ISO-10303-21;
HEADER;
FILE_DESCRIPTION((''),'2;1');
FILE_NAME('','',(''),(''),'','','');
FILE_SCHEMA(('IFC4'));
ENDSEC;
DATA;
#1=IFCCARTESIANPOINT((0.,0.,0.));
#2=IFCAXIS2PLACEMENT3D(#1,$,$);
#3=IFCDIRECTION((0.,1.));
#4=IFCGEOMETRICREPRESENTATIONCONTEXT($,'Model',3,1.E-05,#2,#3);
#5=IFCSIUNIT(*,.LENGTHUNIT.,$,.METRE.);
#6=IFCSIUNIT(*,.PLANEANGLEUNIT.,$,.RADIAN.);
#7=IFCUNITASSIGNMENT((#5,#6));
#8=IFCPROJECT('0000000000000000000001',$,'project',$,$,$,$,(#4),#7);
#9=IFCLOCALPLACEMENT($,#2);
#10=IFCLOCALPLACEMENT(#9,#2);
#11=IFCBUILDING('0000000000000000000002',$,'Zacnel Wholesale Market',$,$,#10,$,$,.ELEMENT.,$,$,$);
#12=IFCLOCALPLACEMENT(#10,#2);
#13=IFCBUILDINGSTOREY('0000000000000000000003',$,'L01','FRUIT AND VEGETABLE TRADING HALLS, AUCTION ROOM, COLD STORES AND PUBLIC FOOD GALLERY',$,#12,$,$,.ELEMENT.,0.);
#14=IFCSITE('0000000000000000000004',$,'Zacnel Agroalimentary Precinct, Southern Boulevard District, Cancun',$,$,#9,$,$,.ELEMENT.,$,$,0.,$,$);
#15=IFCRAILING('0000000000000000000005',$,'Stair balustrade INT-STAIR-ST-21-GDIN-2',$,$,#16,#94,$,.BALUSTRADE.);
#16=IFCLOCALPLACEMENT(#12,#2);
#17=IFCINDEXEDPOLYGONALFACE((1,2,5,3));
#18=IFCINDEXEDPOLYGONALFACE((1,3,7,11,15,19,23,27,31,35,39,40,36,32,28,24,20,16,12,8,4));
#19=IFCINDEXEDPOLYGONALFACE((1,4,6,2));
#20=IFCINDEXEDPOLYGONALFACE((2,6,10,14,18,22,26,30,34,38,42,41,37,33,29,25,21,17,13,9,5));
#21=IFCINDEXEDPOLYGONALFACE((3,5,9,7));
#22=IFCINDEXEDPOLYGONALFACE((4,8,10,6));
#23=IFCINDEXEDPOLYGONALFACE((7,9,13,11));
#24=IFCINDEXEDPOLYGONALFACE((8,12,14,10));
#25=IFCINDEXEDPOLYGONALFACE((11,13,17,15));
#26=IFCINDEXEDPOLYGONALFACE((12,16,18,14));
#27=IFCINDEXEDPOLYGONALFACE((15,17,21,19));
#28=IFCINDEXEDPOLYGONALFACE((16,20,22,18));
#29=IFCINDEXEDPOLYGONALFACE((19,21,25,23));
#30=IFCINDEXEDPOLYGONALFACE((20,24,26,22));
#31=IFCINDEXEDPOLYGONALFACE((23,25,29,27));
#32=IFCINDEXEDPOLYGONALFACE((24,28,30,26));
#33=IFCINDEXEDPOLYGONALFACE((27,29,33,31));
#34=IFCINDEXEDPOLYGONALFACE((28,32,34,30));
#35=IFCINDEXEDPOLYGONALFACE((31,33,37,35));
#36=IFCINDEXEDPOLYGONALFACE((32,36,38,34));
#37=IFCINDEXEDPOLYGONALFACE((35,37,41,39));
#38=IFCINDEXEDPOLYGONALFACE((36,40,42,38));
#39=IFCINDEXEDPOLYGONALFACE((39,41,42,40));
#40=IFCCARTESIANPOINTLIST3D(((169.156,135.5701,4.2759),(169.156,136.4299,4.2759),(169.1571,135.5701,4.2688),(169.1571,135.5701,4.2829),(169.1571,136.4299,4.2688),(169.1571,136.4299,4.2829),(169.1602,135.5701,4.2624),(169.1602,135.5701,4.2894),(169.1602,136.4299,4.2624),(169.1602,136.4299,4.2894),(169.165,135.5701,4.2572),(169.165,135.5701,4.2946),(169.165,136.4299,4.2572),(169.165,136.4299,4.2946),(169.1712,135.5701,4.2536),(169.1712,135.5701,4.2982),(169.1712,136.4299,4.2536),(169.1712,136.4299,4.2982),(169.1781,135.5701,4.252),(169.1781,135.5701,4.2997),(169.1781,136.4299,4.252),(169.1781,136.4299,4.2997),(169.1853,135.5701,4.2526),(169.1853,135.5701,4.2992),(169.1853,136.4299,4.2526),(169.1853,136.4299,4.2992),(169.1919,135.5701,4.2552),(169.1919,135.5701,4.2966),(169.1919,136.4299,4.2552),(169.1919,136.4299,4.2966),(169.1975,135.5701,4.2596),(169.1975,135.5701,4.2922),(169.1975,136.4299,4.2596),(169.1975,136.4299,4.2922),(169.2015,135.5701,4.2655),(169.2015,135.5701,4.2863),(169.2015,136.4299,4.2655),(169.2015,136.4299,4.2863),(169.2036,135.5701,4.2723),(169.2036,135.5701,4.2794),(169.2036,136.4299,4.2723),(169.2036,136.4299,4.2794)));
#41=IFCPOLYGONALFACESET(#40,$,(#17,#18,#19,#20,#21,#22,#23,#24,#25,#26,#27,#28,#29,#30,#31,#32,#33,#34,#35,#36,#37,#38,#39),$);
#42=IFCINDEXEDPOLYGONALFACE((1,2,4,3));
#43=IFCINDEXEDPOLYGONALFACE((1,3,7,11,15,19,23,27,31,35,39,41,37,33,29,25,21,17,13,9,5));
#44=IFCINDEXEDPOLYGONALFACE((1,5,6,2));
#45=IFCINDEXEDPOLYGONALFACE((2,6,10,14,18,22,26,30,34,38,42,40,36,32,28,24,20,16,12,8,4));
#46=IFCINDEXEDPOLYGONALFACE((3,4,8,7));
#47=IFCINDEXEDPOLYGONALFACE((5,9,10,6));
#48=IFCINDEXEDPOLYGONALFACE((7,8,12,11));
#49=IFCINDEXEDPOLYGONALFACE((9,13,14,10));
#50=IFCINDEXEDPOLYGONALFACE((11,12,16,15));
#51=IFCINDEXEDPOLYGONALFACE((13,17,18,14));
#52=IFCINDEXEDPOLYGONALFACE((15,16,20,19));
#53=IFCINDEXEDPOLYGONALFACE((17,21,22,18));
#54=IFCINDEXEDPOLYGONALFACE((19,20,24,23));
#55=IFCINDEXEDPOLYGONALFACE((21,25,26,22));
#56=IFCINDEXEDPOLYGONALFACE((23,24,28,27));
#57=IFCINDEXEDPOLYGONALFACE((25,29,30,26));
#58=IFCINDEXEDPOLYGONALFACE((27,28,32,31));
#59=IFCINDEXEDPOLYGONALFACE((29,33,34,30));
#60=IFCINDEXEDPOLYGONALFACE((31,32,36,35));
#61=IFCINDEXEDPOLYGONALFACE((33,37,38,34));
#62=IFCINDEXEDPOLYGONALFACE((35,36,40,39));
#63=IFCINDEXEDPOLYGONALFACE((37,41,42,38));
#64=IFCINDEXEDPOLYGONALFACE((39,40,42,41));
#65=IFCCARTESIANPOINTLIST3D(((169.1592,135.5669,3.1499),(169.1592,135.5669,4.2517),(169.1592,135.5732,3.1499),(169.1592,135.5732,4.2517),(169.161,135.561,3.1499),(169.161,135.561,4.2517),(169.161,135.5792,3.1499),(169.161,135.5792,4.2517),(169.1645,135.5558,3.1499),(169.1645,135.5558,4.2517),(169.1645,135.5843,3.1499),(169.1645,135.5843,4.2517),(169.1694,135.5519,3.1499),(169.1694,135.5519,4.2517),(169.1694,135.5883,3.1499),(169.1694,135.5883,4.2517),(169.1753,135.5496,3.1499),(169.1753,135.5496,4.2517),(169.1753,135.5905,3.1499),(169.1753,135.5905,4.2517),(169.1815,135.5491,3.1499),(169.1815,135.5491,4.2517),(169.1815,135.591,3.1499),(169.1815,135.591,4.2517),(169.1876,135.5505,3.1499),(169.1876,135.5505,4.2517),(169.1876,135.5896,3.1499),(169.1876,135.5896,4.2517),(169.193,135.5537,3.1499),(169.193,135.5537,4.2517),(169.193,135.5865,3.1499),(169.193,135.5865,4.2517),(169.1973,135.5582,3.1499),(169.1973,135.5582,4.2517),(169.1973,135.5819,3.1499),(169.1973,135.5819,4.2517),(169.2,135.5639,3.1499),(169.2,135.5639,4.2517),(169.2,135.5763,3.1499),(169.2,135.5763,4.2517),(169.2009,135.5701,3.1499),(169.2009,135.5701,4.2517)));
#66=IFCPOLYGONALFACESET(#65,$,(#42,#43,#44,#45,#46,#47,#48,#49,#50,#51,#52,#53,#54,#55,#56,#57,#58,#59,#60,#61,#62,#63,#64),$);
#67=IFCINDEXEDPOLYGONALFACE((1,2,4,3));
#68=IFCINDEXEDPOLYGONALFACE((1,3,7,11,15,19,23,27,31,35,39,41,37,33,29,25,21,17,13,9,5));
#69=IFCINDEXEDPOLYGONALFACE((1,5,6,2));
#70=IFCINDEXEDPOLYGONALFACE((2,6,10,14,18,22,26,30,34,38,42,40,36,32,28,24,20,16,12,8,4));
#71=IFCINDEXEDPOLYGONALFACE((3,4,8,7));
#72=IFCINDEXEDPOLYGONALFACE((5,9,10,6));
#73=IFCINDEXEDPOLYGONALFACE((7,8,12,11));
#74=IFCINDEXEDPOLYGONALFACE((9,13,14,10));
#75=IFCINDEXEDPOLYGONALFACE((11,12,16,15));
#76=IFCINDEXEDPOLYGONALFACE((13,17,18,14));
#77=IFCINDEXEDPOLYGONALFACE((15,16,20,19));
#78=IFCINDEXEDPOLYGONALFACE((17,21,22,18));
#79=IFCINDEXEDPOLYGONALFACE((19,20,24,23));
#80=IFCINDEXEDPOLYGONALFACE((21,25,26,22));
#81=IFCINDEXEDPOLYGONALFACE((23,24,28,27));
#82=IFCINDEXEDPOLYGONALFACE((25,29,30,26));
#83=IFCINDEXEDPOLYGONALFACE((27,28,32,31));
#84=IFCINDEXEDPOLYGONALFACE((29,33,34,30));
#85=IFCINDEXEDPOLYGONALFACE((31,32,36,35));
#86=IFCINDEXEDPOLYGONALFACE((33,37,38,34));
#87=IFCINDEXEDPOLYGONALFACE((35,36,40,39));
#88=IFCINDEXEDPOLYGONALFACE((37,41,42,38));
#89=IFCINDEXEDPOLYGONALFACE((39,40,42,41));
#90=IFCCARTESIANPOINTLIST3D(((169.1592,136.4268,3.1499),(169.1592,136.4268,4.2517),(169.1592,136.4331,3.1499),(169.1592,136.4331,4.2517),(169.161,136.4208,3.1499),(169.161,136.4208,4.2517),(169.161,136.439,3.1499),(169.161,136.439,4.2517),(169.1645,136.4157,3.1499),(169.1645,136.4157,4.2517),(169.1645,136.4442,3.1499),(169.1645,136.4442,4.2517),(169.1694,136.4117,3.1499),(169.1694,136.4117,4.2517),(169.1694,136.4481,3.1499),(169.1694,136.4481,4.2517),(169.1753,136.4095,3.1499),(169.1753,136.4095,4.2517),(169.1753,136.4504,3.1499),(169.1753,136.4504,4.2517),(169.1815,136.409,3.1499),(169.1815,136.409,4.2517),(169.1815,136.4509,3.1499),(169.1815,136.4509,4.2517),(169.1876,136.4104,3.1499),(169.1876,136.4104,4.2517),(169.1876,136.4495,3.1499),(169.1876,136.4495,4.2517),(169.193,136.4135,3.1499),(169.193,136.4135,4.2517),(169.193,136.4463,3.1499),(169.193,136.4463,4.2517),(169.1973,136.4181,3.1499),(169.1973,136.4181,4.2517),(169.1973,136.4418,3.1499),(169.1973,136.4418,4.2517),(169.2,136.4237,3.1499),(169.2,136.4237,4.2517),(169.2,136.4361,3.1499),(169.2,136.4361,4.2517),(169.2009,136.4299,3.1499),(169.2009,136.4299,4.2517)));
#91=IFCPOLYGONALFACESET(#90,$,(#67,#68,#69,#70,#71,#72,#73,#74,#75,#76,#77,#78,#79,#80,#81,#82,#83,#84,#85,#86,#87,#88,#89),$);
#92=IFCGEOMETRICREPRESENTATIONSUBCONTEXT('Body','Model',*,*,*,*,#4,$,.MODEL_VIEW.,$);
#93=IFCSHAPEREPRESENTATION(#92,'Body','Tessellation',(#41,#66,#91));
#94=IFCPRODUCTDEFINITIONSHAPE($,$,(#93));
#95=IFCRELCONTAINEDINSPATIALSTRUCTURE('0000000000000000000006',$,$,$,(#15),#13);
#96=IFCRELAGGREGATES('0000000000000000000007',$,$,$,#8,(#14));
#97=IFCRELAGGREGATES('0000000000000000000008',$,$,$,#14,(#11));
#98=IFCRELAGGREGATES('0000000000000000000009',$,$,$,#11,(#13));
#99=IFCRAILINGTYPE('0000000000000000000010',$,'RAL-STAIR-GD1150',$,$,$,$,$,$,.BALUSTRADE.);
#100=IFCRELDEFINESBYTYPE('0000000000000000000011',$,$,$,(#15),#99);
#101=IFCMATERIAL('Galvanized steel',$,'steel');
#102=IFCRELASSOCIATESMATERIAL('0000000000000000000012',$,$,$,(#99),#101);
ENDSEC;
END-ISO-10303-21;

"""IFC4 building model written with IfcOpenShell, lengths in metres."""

from ifc_helpers import new_model, si_unit, direction, frame, origin, origin_2d, place, context, subcontext, project, spatial, circle, extrude, material, type_object, element, save


model = new_model("IFC4")

# Units and contexts
model_context = context("Model", 3, precision=1e-05, world=origin(), true_north=direction((0.0, 1.0)))
body_context = subcontext(model_context, "Body", "Model", "MODEL_VIEW")
ifc_project = project(units=[si_unit("LENGTHUNIT", "METRE"), si_unit("PLANEANGLEUNIT", "RADIAN")], contexts=[model_context])

# Site, building, storey
site_placement = place(None, origin())
site = spatial("IfcSite", under=ifc_project, at=site_placement, Name="Zacnel Agroalimentary Precinct, Southern Boulevard District, Cancun", CompositionType="ELEMENT", RefElevation=0.0)
building_placement = place(site_placement, origin())
building = spatial("IfcBuilding", under=site, at=building_placement, Name="Zacnel Wholesale Market", CompositionType="ELEMENT")
storey_placement = place(building_placement, origin())
storey = spatial("IfcBuildingStorey", under=building, at=storey_placement, Name="L01", Description="FRUIT AND VEGETABLE TRADING HALLS, AUCTION ROOM, COLD STORES AND PUBLIC FOOD GALLERY", CompositionType="ELEMENT", Elevation=0.0)

# Railing
ifc_material_1 = material(Name="Galvanized steel", Category="steel")
railing_type_1 = type_object("IfcRailingType", Name="RAL-STAIR-GD1150", PredefinedType="BALUSTRADE", material=ifc_material_1)
railing_1_placement = place(storey_placement, frame((169.1799, 135.5701, 3.1499)))
element("IfcRailing", 1, at=railing_1_placement, inside=storey, type_object=railing_type_1, Name="Stair balustrade INT-STAIR-ST-21-GDIN-2", PredefinedType="BALUSTRADE", context=body_context, shape_type="SweptSolid", body=[
    extrude(circle(Radius=0.0239, at=origin_2d()), frame((0.0, 0.0, 1.126), z_axis=(0.0, 1.0, 0.0), x_axis=(-1.0, 0.0, 0.0)), (0.0, 0.0, 1.0), 0.8599),
    extrude(circle(Radius=0.021, at=origin_2d()), origin(), (0.0, 0.0, 1.0), 1.1018),
    extrude(circle(Radius=0.021, at=origin_2d()), frame((0.0, 0.8599, 0.0)), (0.0, 0.0, 1.0), 1.1018),
])

save(model, "model.ifc")
